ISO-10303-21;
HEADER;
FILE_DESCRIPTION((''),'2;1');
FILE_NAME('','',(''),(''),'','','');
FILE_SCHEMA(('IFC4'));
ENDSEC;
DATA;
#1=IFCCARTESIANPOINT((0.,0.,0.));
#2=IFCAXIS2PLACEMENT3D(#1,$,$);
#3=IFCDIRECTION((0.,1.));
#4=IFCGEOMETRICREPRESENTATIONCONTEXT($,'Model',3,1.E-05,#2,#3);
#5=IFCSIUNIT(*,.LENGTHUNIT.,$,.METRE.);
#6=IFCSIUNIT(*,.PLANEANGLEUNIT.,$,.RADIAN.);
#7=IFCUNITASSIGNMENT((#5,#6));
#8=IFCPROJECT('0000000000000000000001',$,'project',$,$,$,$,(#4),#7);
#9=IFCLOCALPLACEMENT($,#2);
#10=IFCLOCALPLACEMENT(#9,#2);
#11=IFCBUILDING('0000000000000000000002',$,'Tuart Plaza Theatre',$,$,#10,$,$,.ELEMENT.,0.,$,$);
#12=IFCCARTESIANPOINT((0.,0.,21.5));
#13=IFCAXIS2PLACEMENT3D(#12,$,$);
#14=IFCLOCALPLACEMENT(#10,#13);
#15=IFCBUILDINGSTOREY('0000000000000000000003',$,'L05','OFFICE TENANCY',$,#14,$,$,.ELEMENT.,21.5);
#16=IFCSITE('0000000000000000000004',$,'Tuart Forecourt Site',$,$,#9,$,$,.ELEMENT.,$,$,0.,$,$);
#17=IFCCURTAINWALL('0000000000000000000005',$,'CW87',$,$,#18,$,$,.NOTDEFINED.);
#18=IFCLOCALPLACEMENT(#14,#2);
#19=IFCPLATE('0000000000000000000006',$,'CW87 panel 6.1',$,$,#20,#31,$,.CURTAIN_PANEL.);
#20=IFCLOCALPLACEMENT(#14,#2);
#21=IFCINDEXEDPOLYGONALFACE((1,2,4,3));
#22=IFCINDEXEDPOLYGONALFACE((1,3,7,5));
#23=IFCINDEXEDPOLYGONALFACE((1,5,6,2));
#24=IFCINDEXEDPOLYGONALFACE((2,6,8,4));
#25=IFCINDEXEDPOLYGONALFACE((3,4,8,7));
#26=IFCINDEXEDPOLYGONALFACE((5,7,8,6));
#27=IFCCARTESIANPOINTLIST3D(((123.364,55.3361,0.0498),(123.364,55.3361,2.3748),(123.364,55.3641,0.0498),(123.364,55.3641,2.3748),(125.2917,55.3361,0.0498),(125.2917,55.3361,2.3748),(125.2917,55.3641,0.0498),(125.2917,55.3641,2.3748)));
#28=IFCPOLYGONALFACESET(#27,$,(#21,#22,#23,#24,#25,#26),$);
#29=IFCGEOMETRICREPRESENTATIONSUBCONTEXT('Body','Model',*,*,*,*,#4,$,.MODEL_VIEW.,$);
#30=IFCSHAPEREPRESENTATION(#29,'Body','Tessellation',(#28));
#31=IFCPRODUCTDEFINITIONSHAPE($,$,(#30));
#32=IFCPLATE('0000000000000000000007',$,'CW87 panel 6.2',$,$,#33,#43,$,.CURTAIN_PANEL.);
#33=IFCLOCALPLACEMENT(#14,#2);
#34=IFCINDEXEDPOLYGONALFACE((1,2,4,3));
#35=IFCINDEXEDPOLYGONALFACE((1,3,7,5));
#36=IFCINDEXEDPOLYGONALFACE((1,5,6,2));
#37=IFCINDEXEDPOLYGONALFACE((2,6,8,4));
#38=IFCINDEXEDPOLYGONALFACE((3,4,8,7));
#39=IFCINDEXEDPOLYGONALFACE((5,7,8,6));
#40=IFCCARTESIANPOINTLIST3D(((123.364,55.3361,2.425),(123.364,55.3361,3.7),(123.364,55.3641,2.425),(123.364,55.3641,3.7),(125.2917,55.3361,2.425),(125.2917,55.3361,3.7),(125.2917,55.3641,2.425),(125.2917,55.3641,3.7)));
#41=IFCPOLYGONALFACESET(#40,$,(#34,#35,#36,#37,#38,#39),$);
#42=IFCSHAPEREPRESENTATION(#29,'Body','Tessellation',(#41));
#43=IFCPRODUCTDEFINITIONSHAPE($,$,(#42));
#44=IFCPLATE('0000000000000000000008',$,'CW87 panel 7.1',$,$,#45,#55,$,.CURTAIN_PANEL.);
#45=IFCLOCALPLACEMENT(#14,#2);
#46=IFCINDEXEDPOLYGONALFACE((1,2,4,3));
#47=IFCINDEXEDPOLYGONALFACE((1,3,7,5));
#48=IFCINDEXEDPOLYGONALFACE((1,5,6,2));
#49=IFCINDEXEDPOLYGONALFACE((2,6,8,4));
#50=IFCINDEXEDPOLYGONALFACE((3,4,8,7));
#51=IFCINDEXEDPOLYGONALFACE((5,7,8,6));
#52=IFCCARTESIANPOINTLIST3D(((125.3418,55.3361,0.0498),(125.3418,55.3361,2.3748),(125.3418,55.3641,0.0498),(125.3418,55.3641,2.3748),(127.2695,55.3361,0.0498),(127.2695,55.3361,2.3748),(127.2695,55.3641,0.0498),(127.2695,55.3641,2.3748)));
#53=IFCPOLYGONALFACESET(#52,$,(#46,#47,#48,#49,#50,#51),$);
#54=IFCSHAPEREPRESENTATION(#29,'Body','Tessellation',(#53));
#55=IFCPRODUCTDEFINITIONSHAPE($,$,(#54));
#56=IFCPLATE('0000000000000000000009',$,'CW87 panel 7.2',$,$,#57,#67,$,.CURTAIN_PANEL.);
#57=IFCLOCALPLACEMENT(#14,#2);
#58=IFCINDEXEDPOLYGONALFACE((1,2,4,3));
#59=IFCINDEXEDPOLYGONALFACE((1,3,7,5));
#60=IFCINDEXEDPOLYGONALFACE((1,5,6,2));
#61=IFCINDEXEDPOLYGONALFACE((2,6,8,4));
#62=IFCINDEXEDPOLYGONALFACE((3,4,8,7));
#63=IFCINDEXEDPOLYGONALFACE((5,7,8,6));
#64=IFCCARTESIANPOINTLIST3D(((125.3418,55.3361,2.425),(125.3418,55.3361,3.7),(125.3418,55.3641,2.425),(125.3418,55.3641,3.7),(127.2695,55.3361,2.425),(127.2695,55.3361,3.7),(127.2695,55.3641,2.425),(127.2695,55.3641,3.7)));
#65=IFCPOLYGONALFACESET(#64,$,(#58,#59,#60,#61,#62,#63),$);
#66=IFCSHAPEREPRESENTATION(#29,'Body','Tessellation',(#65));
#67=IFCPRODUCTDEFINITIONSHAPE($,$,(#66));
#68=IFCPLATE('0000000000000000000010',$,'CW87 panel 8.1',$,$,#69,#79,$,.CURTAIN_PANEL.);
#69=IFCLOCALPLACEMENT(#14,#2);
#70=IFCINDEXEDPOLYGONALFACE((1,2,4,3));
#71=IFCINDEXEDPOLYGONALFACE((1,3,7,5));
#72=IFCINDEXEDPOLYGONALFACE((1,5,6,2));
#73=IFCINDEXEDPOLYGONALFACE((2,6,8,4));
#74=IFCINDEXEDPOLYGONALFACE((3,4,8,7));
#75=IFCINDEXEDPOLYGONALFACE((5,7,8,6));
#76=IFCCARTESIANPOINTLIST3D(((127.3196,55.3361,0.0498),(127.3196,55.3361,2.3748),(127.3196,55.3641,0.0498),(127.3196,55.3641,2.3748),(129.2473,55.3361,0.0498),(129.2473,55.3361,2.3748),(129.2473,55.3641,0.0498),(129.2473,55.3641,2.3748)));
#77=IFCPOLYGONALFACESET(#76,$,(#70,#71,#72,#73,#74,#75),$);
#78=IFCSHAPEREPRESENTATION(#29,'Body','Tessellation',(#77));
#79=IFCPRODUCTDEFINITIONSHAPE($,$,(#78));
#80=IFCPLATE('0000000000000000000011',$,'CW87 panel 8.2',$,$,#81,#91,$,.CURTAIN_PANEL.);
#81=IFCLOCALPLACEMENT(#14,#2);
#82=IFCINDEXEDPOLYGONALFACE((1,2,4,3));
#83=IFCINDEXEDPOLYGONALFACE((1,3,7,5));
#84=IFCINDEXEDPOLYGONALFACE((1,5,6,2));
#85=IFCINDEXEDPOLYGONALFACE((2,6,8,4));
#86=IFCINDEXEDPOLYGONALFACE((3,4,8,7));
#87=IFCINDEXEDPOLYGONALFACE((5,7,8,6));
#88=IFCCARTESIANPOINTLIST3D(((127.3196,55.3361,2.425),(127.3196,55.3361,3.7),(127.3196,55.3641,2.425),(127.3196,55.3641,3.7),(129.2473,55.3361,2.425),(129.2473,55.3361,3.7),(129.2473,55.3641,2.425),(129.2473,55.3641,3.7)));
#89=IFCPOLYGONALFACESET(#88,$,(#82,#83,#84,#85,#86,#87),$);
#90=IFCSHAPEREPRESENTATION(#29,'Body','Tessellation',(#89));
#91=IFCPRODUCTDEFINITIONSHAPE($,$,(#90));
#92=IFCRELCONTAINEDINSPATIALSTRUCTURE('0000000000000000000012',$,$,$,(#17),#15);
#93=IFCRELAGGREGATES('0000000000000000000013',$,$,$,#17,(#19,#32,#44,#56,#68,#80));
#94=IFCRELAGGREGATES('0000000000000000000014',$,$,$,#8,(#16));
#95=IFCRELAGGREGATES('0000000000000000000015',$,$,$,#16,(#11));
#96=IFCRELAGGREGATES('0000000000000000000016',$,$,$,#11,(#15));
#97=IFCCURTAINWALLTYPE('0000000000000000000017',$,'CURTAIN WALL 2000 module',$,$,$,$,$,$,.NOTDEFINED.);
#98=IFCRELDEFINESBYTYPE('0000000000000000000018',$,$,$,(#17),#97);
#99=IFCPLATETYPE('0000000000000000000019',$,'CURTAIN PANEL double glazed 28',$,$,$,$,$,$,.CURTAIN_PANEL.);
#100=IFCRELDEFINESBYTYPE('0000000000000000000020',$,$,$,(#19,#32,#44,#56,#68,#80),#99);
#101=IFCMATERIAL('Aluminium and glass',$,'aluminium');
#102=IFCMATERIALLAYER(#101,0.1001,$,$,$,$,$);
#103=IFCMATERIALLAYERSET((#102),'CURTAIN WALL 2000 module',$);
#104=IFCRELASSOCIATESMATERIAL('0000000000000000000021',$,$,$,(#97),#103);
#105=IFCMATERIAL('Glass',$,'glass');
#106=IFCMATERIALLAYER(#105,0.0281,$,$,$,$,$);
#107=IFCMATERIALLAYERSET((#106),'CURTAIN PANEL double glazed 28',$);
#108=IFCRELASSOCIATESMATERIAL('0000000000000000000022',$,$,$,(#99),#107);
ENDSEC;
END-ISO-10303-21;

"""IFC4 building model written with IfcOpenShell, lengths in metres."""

from ifc_helpers import new_model, si_unit, direction, frame, origin, origin_2d, place, context, subcontext, project, spatial, rectangle, extrude, material, layer, layer_set, type_object, element, aggregate, save


model = new_model("IFC4")

# Units and contexts
model_context = context("Model", 3, precision=1e-05, world=origin(), true_north=direction((0.0, 1.0)))
body_context = subcontext(model_context, "Body", "Model", "MODEL_VIEW")
ifc_project = project(units=[si_unit("LENGTHUNIT", "METRE"), si_unit("PLANEANGLEUNIT", "RADIAN")], contexts=[model_context])

# Site, building, storey
site_placement = place(None, origin())
site = spatial("IfcSite", under=ifc_project, at=site_placement, Name="Tuart Forecourt Site", CompositionType="ELEMENT", RefElevation=0.0)
building_placement = place(site_placement, origin())
building = spatial("IfcBuilding", under=site, at=building_placement, Name="Tuart Plaza Theatre", CompositionType="ELEMENT", ElevationOfRefHeight=0.0)
storey_placement = place(building_placement, frame((0.0, 0.0, 21.5)))
storey = spatial("IfcBuildingStorey", under=building, at=storey_placement, Name="L05", Description="OFFICE TENANCY", CompositionType="ELEMENT", Elevation=21.5)

# Shared definitions
ifc_material_1 = material(Name="Aluminium and glass", Category="aluminium")
ifc_layer_1 = layer(ifc_material_1, 0.1001)
ifc_layer_set_1 = layer_set([ifc_layer_1], Name="CURTAIN WALL 2000 module")
curtain_wall_type = type_object("IfcCurtainWallType", Name="CURTAIN WALL 2000 module", PredefinedType="NOTDEFINED", material=ifc_layer_set_1)

# Curtain wall
curtain_wall_1_placement = place(storey_placement, origin())
curtain_wall_1 = element("IfcCurtainWall", 1, at=curtain_wall_1_placement, inside=storey, type_object=curtain_wall_type, Name="CW87", PredefinedType="NOTDEFINED")

# Plates
ifc_material_2 = material(Name="Glass", Category="glass")
ifc_layer_2 = layer(ifc_material_2, 0.0281)
ifc_layer_set_2 = layer_set([ifc_layer_2], Name="CURTAIN PANEL double glazed 28")
plate_type = type_object("IfcPlateType", Name="CURTAIN PANEL double glazed 28", PredefinedType="CURTAIN_PANEL", material=ifc_layer_set_2)
plate_1_placement = place(storey_placement, frame((124.3279, 55.3501, 0.0498), z_axis=(0.0, 0.0, 1.0), x_axis=(1.0, 0.0, 0.0)))
plate_1 = element("IfcPlate", 2, at=plate_1_placement, type_object=plate_type, Name="CW87 panel 6.1", PredefinedType="CURTAIN_PANEL", context=body_context, shape_type="SweptSolid", body=[
    extrude(rectangle(XDim=1.9277, YDim=0.0281, at=origin_2d()), origin(), (0.0, 0.0, 1.0), 2.325),
])
plate_2_placement = place(storey_placement, frame((124.3279, 55.3501, 2.425), z_axis=(0.0, 0.0, 1.0), x_axis=(1.0, 0.0, 0.0)))
plate_2 = element("IfcPlate", 3, at=plate_2_placement, type_object=plate_type, Name="CW87 panel 6.2", PredefinedType="CURTAIN_PANEL", context=body_context, shape_type="SweptSolid", body=[
    extrude(rectangle(XDim=1.9277, YDim=0.0281, at=origin_2d()), origin(), (0.0, 0.0, 1.0), 1.2749),
])
plate_3_placement = place(storey_placement, frame((126.3057, 55.3501, 0.0498), z_axis=(0.0, 0.0, 1.0), x_axis=(1.0, 0.0, 0.0)))
plate_3 = element("IfcPlate", 4, at=plate_3_placement, type_object=plate_type, Name="CW87 panel 7.1", PredefinedType="CURTAIN_PANEL", context=body_context, shape_type="SweptSolid", body=[
    extrude(rectangle(XDim=1.9277, YDim=0.0281, at=origin_2d()), origin(), (0.0, 0.0, 1.0), 2.325),
])
plate_4_placement = place(storey_placement, frame((126.3057, 55.3501, 2.425), z_axis=(0.0, 0.0, 1.0), x_axis=(1.0, 0.0, 0.0)))
plate_4 = element("IfcPlate", 5, at=plate_4_placement, type_object=plate_type, Name="CW87 panel 7.2", PredefinedType="CURTAIN_PANEL", context=body_context, shape_type="SweptSolid", body=[
    extrude(rectangle(XDim=1.9277, YDim=0.0281, at=origin_2d()), origin(), (0.0, 0.0, 1.0), 1.2749),
])
plate_5_placement = place(storey_placement, frame((128.2834, 55.3501, 0.0498), z_axis=(0.0, 0.0, 1.0), x_axis=(1.0, 0.0, 0.0)))
plate_5 = element("IfcPlate", 6, at=plate_5_placement, type_object=plate_type, Name="CW87 panel 8.1", PredefinedType="CURTAIN_PANEL", context=body_context, shape_type="SweptSolid", body=[
    extrude(rectangle(XDim=1.9277, YDim=0.0281, at=origin_2d()), origin(), (0.0, 0.0, 1.0), 2.325),
])
plate_6_placement = place(storey_placement, frame((128.2834, 55.3501, 2.425), z_axis=(0.0, 0.0, 1.0), x_axis=(1.0, 0.0, 0.0)))
plate_6 = element("IfcPlate", 7, at=plate_6_placement, type_object=plate_type, Name="CW87 panel 8.2", PredefinedType="CURTAIN_PANEL", context=body_context, shape_type="SweptSolid", body=[
    extrude(rectangle(XDim=1.9277, YDim=0.0281, at=origin_2d()), origin(), (0.0, 0.0, 1.0), 1.2749),
])
aggregate(curtain_wall_1, [plate_1, plate_2, plate_3, plate_4, plate_5, plate_6])

save(model, "model.ifc")
